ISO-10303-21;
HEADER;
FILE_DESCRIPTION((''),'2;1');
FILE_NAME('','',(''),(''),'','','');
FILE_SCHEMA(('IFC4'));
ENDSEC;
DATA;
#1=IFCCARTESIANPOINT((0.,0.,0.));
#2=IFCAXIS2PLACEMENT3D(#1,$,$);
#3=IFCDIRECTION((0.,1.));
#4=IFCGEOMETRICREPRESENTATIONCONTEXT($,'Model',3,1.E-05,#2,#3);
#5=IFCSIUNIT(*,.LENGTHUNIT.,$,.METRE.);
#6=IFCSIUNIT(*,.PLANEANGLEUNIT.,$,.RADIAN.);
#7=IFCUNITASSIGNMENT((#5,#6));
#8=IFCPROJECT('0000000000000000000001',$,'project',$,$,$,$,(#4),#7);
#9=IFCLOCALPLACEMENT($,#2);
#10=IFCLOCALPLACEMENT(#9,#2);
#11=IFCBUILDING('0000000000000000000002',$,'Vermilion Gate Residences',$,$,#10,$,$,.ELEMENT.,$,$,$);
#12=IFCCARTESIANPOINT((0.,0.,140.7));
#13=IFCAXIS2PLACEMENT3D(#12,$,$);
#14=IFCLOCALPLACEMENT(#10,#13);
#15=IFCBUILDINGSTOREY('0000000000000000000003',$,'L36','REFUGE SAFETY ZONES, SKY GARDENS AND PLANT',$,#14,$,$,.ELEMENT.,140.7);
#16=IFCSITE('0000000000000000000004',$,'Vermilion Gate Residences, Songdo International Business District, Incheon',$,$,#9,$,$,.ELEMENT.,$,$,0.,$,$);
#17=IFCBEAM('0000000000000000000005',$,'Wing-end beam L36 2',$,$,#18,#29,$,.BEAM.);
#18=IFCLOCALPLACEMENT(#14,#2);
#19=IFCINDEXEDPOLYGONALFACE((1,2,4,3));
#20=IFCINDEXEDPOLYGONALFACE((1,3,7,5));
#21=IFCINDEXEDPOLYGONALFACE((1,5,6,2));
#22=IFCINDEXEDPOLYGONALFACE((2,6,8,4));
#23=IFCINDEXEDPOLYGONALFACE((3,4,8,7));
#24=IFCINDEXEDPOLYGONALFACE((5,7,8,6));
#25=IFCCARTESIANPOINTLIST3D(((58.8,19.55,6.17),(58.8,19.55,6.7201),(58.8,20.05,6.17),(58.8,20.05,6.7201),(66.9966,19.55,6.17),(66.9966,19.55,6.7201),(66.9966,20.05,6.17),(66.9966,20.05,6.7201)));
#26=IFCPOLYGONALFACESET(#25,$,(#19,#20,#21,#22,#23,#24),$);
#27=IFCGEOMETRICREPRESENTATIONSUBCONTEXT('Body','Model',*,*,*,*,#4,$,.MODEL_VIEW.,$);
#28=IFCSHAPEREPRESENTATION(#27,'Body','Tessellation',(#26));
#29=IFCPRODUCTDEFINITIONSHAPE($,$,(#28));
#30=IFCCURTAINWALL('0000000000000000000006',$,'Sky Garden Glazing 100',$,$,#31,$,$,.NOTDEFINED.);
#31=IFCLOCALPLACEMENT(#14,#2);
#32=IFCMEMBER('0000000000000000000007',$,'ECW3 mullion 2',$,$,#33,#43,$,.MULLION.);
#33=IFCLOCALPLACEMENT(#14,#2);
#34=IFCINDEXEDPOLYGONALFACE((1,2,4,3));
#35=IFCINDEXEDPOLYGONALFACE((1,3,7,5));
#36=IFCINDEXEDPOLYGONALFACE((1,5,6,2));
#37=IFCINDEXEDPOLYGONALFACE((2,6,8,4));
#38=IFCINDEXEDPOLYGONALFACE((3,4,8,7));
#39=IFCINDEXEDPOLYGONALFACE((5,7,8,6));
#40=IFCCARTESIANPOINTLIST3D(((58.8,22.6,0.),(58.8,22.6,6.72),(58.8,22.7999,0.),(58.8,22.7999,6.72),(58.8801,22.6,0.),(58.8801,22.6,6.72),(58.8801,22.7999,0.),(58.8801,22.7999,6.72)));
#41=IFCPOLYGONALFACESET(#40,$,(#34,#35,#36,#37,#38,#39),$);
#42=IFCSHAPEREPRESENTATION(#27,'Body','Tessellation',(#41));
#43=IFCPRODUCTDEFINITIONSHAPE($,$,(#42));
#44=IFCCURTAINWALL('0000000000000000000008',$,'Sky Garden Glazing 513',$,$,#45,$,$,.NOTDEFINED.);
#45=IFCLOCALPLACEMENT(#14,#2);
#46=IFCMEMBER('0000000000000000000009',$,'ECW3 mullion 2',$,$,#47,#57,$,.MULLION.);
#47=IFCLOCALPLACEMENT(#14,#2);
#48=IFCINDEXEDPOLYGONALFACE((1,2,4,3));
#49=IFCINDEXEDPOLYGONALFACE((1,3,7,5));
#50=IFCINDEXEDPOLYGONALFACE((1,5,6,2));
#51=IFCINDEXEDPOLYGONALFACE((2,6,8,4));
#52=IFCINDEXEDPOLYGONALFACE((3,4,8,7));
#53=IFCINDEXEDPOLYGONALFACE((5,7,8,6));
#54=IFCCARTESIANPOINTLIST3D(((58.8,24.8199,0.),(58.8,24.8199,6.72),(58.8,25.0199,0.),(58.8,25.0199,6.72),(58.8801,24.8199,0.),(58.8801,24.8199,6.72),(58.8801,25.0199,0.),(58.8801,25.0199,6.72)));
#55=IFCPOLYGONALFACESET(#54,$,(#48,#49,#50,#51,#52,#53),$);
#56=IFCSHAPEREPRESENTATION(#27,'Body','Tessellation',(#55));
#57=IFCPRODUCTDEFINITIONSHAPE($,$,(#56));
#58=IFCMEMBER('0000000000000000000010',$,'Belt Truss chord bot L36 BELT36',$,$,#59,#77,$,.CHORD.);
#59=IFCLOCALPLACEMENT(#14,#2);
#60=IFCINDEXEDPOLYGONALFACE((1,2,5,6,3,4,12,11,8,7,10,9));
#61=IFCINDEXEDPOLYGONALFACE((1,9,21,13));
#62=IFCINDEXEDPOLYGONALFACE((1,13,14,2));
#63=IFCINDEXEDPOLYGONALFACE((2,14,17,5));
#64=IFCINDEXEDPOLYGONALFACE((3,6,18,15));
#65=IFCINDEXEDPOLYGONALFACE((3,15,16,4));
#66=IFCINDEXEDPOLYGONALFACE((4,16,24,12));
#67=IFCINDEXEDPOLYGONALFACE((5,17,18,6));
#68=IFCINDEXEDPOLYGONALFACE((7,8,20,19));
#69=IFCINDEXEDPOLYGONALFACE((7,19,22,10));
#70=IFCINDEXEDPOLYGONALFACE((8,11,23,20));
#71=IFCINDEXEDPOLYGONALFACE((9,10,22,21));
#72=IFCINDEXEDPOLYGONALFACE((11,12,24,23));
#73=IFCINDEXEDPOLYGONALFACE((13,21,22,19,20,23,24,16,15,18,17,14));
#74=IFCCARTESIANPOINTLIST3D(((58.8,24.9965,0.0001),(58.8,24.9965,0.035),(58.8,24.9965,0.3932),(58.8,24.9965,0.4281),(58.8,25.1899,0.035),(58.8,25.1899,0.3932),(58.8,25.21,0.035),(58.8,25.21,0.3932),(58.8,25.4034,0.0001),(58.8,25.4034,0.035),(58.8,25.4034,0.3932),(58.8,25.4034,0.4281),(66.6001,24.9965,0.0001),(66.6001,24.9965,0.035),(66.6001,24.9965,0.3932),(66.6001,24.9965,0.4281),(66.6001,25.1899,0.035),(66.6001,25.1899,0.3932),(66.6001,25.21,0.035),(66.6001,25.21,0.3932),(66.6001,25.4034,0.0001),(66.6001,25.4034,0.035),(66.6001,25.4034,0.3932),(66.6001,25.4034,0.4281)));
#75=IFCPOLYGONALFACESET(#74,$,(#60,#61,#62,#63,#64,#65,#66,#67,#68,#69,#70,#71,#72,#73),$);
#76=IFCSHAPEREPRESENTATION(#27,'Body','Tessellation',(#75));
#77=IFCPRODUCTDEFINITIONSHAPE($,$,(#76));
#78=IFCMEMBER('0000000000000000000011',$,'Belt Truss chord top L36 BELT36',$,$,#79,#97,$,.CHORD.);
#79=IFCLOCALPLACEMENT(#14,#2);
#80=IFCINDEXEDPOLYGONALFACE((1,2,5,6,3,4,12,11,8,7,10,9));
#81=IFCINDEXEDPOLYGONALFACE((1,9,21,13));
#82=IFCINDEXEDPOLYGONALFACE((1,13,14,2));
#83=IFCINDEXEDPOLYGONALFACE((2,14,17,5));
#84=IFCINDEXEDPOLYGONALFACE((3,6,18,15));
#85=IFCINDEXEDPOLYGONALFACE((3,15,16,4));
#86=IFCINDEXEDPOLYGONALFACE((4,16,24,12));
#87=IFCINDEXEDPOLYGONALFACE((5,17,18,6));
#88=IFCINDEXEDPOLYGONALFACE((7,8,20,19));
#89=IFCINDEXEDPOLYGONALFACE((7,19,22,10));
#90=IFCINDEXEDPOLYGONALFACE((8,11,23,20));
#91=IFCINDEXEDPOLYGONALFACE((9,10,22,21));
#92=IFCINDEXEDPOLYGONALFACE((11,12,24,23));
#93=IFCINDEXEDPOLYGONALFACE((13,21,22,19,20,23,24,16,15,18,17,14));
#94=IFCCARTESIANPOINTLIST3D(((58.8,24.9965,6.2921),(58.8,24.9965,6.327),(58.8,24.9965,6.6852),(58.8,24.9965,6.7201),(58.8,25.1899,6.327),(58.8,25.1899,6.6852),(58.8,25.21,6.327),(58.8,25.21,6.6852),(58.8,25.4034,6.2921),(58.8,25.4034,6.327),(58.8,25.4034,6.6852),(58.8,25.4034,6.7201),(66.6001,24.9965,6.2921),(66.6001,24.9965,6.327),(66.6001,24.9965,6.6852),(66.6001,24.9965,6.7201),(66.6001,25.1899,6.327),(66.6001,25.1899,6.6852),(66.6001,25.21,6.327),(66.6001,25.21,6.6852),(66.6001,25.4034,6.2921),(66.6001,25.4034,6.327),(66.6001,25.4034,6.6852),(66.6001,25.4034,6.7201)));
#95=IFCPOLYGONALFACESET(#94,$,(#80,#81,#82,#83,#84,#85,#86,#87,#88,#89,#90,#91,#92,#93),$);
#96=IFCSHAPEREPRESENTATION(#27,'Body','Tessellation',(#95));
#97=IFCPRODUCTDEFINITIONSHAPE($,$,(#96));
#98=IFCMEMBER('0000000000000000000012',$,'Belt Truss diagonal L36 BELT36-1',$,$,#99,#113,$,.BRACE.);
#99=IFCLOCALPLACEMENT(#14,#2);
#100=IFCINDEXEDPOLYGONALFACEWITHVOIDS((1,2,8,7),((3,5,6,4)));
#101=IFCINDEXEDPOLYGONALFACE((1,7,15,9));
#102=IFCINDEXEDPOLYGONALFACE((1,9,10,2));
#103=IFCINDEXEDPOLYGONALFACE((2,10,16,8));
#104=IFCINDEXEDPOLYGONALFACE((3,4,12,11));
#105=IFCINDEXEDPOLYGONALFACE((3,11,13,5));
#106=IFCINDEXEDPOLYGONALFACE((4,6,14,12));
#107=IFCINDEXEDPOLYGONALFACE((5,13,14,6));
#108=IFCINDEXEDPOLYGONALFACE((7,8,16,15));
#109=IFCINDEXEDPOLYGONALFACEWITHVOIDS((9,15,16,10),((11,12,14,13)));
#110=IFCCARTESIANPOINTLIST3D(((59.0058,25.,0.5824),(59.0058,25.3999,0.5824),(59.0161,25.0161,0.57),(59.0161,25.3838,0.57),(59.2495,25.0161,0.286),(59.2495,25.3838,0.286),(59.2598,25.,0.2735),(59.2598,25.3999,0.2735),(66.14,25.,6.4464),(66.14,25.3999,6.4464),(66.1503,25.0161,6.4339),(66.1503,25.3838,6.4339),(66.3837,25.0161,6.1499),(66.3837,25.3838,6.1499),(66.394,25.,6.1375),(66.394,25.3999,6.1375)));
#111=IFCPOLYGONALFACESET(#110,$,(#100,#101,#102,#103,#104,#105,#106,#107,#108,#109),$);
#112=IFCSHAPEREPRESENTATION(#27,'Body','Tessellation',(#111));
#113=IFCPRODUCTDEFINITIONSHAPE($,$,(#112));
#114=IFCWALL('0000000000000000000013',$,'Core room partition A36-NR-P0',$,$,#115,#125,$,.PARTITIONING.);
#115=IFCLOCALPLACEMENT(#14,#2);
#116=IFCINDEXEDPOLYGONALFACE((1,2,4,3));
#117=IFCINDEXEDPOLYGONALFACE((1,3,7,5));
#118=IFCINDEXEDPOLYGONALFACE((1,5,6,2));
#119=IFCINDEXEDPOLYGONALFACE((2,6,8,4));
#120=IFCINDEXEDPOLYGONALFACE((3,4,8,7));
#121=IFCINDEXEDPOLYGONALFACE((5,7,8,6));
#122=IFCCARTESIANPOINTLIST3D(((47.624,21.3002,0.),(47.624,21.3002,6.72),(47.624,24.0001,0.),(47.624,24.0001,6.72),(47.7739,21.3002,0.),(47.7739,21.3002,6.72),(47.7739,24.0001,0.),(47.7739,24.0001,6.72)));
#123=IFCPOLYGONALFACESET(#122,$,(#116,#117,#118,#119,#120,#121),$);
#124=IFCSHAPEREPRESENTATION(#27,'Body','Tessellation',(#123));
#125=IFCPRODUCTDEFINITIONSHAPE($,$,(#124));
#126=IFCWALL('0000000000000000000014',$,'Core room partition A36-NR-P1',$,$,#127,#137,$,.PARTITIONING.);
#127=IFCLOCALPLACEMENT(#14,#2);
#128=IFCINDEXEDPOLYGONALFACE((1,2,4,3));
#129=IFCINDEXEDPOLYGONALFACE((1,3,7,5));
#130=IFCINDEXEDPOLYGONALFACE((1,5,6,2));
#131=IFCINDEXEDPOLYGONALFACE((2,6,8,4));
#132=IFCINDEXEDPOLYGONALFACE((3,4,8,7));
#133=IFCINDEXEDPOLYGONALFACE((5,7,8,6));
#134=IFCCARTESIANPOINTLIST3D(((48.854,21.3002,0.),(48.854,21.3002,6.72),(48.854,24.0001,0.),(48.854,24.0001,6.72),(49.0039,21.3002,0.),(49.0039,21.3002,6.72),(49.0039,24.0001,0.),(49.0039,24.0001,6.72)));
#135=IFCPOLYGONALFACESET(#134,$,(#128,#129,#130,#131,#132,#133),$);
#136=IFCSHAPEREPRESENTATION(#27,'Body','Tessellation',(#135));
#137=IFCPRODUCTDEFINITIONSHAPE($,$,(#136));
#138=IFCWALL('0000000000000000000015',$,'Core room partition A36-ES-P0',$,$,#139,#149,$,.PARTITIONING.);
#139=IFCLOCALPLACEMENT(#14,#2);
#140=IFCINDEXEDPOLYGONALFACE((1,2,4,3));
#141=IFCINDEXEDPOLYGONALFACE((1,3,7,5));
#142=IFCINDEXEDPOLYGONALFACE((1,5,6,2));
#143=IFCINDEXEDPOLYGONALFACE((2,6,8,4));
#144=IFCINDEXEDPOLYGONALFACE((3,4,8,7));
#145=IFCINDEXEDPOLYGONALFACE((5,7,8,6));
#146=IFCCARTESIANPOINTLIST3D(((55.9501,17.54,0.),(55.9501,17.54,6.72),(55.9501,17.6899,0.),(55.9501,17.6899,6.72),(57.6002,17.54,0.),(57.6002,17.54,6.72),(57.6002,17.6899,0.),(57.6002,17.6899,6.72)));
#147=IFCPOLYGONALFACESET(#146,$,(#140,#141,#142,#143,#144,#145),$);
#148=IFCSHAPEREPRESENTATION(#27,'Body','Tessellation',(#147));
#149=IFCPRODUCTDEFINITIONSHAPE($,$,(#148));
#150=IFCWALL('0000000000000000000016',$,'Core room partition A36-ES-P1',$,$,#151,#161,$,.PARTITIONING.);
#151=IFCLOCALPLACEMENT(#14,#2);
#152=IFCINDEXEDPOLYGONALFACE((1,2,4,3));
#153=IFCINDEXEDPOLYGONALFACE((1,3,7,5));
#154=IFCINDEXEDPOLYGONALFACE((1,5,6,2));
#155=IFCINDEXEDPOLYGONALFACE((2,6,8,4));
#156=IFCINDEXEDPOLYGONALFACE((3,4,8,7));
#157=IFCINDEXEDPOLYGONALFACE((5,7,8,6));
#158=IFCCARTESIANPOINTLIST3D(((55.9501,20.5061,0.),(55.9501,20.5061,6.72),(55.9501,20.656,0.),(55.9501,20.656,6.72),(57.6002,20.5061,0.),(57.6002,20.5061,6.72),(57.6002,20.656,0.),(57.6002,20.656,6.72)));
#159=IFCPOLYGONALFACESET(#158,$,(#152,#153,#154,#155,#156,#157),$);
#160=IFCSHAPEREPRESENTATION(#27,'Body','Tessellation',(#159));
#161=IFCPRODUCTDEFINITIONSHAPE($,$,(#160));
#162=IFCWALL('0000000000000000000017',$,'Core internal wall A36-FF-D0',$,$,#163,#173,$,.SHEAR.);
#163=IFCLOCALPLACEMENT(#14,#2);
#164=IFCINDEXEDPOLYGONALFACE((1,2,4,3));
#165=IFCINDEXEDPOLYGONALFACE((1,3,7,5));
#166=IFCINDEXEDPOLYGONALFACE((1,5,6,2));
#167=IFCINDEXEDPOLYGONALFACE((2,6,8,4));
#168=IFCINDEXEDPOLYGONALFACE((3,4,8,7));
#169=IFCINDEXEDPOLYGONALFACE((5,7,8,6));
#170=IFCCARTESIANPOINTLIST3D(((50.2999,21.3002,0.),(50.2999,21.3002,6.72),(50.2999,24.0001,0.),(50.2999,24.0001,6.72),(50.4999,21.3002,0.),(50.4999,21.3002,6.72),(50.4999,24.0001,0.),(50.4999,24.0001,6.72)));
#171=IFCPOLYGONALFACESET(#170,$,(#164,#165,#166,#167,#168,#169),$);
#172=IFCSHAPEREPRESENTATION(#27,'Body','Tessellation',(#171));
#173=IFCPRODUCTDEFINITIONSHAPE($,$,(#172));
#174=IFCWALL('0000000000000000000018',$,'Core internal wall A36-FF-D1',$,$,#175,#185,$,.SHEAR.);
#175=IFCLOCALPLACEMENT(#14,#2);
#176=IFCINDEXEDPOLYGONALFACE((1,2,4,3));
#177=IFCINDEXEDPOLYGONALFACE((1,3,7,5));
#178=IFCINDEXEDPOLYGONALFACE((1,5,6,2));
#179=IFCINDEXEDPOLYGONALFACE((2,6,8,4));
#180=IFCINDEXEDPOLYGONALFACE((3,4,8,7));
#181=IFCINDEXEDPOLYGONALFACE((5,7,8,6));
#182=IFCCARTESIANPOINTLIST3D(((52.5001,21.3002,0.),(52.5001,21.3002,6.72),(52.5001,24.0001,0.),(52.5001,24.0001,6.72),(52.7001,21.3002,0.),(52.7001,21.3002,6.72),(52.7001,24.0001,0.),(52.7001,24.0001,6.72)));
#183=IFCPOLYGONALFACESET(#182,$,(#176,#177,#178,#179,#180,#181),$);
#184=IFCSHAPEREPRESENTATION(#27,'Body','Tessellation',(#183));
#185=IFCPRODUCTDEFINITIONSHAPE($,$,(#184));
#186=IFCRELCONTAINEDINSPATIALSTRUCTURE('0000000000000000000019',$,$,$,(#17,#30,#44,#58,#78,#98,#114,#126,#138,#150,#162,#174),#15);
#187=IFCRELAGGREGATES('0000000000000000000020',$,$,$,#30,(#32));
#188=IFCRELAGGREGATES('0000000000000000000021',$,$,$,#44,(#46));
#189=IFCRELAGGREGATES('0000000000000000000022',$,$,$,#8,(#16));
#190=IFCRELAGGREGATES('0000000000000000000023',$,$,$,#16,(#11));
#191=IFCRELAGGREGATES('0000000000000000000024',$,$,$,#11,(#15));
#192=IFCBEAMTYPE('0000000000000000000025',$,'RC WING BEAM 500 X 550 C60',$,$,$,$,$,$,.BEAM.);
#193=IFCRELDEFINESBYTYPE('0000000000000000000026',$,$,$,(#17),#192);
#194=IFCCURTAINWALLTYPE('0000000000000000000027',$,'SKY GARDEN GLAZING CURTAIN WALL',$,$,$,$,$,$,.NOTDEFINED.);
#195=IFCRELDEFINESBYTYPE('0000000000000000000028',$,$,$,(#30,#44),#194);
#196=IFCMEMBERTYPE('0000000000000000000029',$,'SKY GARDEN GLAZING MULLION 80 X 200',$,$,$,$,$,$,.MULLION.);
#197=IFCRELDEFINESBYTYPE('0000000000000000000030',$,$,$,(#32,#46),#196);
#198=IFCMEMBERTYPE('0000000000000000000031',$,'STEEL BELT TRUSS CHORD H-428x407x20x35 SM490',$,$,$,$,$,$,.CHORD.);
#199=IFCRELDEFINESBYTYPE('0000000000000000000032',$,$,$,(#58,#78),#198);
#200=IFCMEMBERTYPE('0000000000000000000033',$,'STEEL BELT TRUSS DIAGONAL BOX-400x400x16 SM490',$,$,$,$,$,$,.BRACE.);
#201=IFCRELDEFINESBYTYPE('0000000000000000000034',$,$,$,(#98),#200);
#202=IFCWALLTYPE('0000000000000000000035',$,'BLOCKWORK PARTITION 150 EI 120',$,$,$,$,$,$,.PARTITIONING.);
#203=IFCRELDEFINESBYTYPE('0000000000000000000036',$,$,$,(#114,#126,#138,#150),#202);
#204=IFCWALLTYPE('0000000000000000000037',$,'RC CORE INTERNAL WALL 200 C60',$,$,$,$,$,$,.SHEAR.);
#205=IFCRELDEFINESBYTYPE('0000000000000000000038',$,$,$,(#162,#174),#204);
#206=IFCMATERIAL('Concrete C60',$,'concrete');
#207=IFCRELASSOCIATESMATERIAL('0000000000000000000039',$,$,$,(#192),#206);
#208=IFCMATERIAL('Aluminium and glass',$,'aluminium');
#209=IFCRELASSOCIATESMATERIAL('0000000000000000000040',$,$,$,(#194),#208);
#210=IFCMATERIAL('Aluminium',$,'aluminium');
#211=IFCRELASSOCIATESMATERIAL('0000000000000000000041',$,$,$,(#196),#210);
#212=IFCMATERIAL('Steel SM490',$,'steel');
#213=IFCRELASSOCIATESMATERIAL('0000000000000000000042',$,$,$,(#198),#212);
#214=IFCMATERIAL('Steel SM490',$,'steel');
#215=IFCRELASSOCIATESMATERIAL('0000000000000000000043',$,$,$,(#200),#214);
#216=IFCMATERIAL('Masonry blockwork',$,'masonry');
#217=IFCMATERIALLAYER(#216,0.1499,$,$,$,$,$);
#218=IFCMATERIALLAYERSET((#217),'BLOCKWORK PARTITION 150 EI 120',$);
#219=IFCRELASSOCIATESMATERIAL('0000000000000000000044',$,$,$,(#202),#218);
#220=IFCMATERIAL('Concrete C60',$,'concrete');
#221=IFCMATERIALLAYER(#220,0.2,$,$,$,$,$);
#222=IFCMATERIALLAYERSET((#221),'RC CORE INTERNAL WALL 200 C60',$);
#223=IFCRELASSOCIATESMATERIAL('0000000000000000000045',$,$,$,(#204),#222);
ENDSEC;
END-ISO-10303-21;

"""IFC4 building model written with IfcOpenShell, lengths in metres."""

from ifc_helpers import new_model, si_unit, direction, frame, frame_2d, origin, origin_2d, place, context, subcontext, project, spatial, rectangle, hollow_rectangle, i_section, extrude, material, layer, layer_set, material_profile, profile_set, type_object, element, aggregate, save


model = new_model("IFC4")

# Units and contexts
model_context = context("Model", 3, precision=1e-05, world=origin(), true_north=direction((0.0, 1.0)))
body_context = subcontext(model_context, "Body", "Model", "MODEL_VIEW")
ifc_project = project(units=[si_unit("LENGTHUNIT", "METRE"), si_unit("PLANEANGLEUNIT", "RADIAN")], contexts=[model_context])

# Site, building, storey
site_placement = place(None, origin())
site = spatial("IfcSite", under=ifc_project, at=site_placement, Name="Vermilion Gate Residences, Songdo International Business District, Incheon", CompositionType="ELEMENT", RefElevation=0.0)
building_placement = place(site_placement, origin())
building = spatial("IfcBuilding", under=site, at=building_placement, Name="Vermilion Gate Residences", CompositionType="ELEMENT")
storey_placement = place(building_placement, frame((0.0, 0.0, 140.7)))
storey = spatial("IfcBuildingStorey", under=building, at=storey_placement, Name="L36", Description="REFUGE SAFETY ZONES, SKY GARDENS AND PLANT", CompositionType="ELEMENT", Elevation=140.7)

# Beam
ifc_material_1 = material(Name="Concrete C60", Category="concrete")
ifc_material_profile_1 = material_profile(ifc_material_1, rectangle(XDim=0.5, YDim=0.55, at=origin_2d()), Name="RC-500x550")
ifc_profile_set_1 = profile_set([ifc_material_profile_1], Name="Concrete C60")
beam_type = type_object("IfcBeamType", Name="RC WING BEAM 500 X 550 C60", PredefinedType="BEAM", material=ifc_profile_set_1)
beam_placement = place(storey_placement, frame((58.8, 19.8, 6.4451), z_axis=(1.0, 0.0, 0.0), x_axis=(0.0, 1.0, 0.0)))
element("IfcBeam", 1, at=beam_placement, inside=storey, type_object=beam_type, Name="Wing-end beam L36 2", PredefinedType="BEAM", context=body_context, shape_type="SweptSolid", body=[
    extrude(rectangle(XDim=0.5, YDim=0.55, at=origin_2d()), origin(), (0.0, 0.0, 1.0), 8.1965),
])

# Curtain walls, members
ifc_material_2 = material(Name="Aluminium and glass", Category="aluminium")
curtain_wall_type = type_object("IfcCurtainWallType", Name="SKY GARDEN GLAZING CURTAIN WALL", PredefinedType="NOTDEFINED", material=ifc_material_2)
curtain_wall_1_placement = place(storey_placement, origin())
curtain_wall_1 = element("IfcCurtainWall", 2, at=curtain_wall_1_placement, inside=storey, type_object=curtain_wall_type, Name="Sky Garden Glazing 100", PredefinedType="NOTDEFINED")
ifc_material_3 = material(Name="Aluminium", Category="aluminium")
ifc_material_profile_2 = material_profile(ifc_material_3, rectangle(XDim=0.2, YDim=0.0801, at=origin_2d()), Name="MULLION 80 X 200")
ifc_profile_set_2 = profile_set([ifc_material_profile_2], Name="Aluminium")
member_type_1 = type_object("IfcMemberType", Name="SKY GARDEN GLAZING MULLION 80 X 200", PredefinedType="MULLION", material=ifc_profile_set_2)
member_1_placement = place(storey_placement, frame((58.8401, 22.7, 0.0), z_axis=(0.0, 0.0, 1.0), x_axis=(0.0, -1.0, 0.0)))
member_1 = element("IfcMember", 3, at=member_1_placement, type_object=member_type_1, Name="ECW3 mullion 2", PredefinedType="MULLION", context=body_context, shape_type="SweptSolid", body=[
    extrude(rectangle(XDim=0.2, YDim=0.0801, at=origin_2d()), origin(), (0.0, 0.0, 1.0), 6.72),
])
aggregate(curtain_wall_1, [member_1])
curtain_wall_2_placement = place(storey_placement, origin())
curtain_wall_2 = element("IfcCurtainWall", 4, at=curtain_wall_2_placement, inside=storey, type_object=curtain_wall_type, Name="Sky Garden Glazing 513", PredefinedType="NOTDEFINED")
member_2_placement = place(storey_placement, frame((58.8401, 24.9199, 0.0), z_axis=(0.0, 0.0, 1.0), x_axis=(0.0, -1.0, 0.0)))
member_2 = element("IfcMember", 5, at=member_2_placement, type_object=member_type_1, Name="ECW3 mullion 2", PredefinedType="MULLION", context=body_context, shape_type="SweptSolid", body=[
    extrude(rectangle(XDim=0.2, YDim=0.0801, at=origin_2d()), origin(), (0.0, 0.0, 1.0), 6.72),
])
aggregate(curtain_wall_2, [member_2])

# Members
ifc_material_4 = material(Name="Steel SM490", Category="steel")
ifc_material_profile_3 = material_profile(ifc_material_4, i_section(OverallWidth=0.407, OverallDepth=0.428, WebThickness=0.02, FlangeThickness=0.0349, at=origin_2d()), Name="H-428x407x20x35")
ifc_profile_set_3 = profile_set([ifc_material_profile_3], Name="Steel SM490")
member_type_2 = type_object("IfcMemberType", Name="STEEL BELT TRUSS CHORD H-428x407x20x35 SM490", PredefinedType="CHORD", material=ifc_profile_set_3)
for number, where, z_axis, x_axis, name in (
    (6, (58.8, 25.2, 0.2141), (1.0, 0.0, 0.0), (0.0, 1.0, 0.0), "Belt Truss chord bot L36 BELT36"),
    (7, (58.8, 25.2, 6.5061), (1.0, 0.0, 0.0), (0.0, 1.0, 0.0), "Belt Truss chord top L36 BELT36"),
):
    element("IfcMember", number, at=place(storey_placement, frame(where, z_axis=z_axis, x_axis=x_axis)), inside=storey, type_object=member_type_2, Name=name, PredefinedType="CHORD", context=body_context, shape_type="SweptSolid", body=[
        extrude(i_section(OverallWidth=0.407, OverallDepth=0.428, WebThickness=0.02, FlangeThickness=0.0349, at=origin_2d()), origin(), (0.0, 0.0, 1.0), 7.8),
    ])
ifc_material_5 = material(Name="Steel SM490", Category="steel")
ifc_material_profile_4 = material_profile(ifc_material_5, hollow_rectangle(XDim=0.3999, YDim=0.3999, WallThickness=0.0161, at=origin_2d()), Name="BOX-400x400x16")
ifc_profile_set_4 = profile_set([ifc_material_profile_4], Name="Steel SM490")
member_type_3 = type_object("IfcMemberType", Name="STEEL BELT TRUSS DIAGONAL BOX-400x400x16 SM490", PredefinedType="BRACE", material=ifc_profile_set_4)
member_3_placement = place(storey_placement, frame((59.1328, 25.2, 0.428), z_axis=(0.772529, 0.0, 0.63498), x_axis=(0.0, 1.0, 0.0)))
element("IfcMember", 8, at=member_3_placement, inside=storey, type_object=member_type_3, Name="Belt Truss diagonal L36 BELT36-1", PredefinedType="BRACE", context=body_context, shape_type="SweptSolid", body=[
    extrude(hollow_rectangle(XDim=0.3999, YDim=0.3999, WallThickness=0.0161, at=origin_2d()), origin(), (0.0, 0.0, 1.0), 9.2349),
])

# Walls
ifc_material_6 = material(Name="Masonry blockwork", Category="masonry")
ifc_layer_1 = layer(ifc_material_6, 0.1499)
ifc_layer_set_1 = layer_set([ifc_layer_1], Name="BLOCKWORK PARTITION 150 EI 120")
wall_type_1 = type_object("IfcWallType", Name="BLOCKWORK PARTITION 150 EI 120", PredefinedType="PARTITIONING", material=ifc_layer_set_1)
for number, where, z_axis, x_axis, name in (
    (9, (47.699, 21.3, 0.0), (0.0, 0.0, 1.0), (0.0, 1.0, 0.0), "Core room partition A36-NR-P0"),
    (10, (48.929, 21.3, 0.0), (0.0, 0.0, 1.0), (0.0, 1.0, 0.0), "Core room partition A36-NR-P1"),
):
    element("IfcWall", number, at=place(storey_placement, frame(where, z_axis=z_axis, x_axis=x_axis)), inside=storey, type_object=wall_type_1, Name=name, PredefinedType="PARTITIONING", context=body_context, shape_type="SweptSolid", body=[
        extrude(rectangle(XDim=2.7, YDim=0.1499, at=frame_2d((1.3501, 0.0))), origin(), (0.0, 0.0, 1.0), 6.72),
    ])
for number, where, z_axis, x_axis, name in (
    (11, (55.95, 17.615, 0.0), (0.0, 0.0, 1.0), (1.0, 0.0, 0.0), "Core room partition A36-ES-P0"),
    (12, (55.95, 20.5811, 0.0), (0.0, 0.0, 1.0), (1.0, 0.0, 0.0), "Core room partition A36-ES-P1"),
):
    element("IfcWall", number, at=place(storey_placement, frame(where, z_axis=z_axis, x_axis=x_axis)), inside=storey, type_object=wall_type_1, Name=name, PredefinedType="PARTITIONING", context=body_context, shape_type="SweptSolid", body=[
        extrude(rectangle(XDim=1.6501, YDim=0.1499, at=frame_2d((0.8252, 0.0))), origin(), (0.0, 0.0, 1.0), 6.72),
    ])
ifc_material_7 = material(Name="Concrete C60", Category="concrete")
ifc_layer_2 = layer(ifc_material_7, 0.2)
ifc_layer_set_2 = layer_set([ifc_layer_2], Name="RC CORE INTERNAL WALL 200 C60")
wall_type_2 = type_object("IfcWallType", Name="RC CORE INTERNAL WALL 200 C60", PredefinedType="SHEAR", material=ifc_layer_set_2)
for number, where, z_axis, x_axis, name in (
    (13, (50.3999, 21.3, 0.0), (0.0, 0.0, 1.0), (0.0, 1.0, 0.0), "Core internal wall A36-FF-D0"),
    (14, (52.6001, 21.3, 0.0), (0.0, 0.0, 1.0), (0.0, 1.0, 0.0), "Core internal wall A36-FF-D1"),
):
    element("IfcWall", number, at=place(storey_placement, frame(where, z_axis=z_axis, x_axis=x_axis)), inside=storey, type_object=wall_type_2, Name=name, PredefinedType="SHEAR", context=body_context, shape_type="SweptSolid", body=[
        extrude(rectangle(XDim=2.7, YDim=0.2, at=frame_2d((1.3501, 0.0))), origin(), (0.0, 0.0, 1.0), 6.72),
    ])

save(model, "model.ifc")
